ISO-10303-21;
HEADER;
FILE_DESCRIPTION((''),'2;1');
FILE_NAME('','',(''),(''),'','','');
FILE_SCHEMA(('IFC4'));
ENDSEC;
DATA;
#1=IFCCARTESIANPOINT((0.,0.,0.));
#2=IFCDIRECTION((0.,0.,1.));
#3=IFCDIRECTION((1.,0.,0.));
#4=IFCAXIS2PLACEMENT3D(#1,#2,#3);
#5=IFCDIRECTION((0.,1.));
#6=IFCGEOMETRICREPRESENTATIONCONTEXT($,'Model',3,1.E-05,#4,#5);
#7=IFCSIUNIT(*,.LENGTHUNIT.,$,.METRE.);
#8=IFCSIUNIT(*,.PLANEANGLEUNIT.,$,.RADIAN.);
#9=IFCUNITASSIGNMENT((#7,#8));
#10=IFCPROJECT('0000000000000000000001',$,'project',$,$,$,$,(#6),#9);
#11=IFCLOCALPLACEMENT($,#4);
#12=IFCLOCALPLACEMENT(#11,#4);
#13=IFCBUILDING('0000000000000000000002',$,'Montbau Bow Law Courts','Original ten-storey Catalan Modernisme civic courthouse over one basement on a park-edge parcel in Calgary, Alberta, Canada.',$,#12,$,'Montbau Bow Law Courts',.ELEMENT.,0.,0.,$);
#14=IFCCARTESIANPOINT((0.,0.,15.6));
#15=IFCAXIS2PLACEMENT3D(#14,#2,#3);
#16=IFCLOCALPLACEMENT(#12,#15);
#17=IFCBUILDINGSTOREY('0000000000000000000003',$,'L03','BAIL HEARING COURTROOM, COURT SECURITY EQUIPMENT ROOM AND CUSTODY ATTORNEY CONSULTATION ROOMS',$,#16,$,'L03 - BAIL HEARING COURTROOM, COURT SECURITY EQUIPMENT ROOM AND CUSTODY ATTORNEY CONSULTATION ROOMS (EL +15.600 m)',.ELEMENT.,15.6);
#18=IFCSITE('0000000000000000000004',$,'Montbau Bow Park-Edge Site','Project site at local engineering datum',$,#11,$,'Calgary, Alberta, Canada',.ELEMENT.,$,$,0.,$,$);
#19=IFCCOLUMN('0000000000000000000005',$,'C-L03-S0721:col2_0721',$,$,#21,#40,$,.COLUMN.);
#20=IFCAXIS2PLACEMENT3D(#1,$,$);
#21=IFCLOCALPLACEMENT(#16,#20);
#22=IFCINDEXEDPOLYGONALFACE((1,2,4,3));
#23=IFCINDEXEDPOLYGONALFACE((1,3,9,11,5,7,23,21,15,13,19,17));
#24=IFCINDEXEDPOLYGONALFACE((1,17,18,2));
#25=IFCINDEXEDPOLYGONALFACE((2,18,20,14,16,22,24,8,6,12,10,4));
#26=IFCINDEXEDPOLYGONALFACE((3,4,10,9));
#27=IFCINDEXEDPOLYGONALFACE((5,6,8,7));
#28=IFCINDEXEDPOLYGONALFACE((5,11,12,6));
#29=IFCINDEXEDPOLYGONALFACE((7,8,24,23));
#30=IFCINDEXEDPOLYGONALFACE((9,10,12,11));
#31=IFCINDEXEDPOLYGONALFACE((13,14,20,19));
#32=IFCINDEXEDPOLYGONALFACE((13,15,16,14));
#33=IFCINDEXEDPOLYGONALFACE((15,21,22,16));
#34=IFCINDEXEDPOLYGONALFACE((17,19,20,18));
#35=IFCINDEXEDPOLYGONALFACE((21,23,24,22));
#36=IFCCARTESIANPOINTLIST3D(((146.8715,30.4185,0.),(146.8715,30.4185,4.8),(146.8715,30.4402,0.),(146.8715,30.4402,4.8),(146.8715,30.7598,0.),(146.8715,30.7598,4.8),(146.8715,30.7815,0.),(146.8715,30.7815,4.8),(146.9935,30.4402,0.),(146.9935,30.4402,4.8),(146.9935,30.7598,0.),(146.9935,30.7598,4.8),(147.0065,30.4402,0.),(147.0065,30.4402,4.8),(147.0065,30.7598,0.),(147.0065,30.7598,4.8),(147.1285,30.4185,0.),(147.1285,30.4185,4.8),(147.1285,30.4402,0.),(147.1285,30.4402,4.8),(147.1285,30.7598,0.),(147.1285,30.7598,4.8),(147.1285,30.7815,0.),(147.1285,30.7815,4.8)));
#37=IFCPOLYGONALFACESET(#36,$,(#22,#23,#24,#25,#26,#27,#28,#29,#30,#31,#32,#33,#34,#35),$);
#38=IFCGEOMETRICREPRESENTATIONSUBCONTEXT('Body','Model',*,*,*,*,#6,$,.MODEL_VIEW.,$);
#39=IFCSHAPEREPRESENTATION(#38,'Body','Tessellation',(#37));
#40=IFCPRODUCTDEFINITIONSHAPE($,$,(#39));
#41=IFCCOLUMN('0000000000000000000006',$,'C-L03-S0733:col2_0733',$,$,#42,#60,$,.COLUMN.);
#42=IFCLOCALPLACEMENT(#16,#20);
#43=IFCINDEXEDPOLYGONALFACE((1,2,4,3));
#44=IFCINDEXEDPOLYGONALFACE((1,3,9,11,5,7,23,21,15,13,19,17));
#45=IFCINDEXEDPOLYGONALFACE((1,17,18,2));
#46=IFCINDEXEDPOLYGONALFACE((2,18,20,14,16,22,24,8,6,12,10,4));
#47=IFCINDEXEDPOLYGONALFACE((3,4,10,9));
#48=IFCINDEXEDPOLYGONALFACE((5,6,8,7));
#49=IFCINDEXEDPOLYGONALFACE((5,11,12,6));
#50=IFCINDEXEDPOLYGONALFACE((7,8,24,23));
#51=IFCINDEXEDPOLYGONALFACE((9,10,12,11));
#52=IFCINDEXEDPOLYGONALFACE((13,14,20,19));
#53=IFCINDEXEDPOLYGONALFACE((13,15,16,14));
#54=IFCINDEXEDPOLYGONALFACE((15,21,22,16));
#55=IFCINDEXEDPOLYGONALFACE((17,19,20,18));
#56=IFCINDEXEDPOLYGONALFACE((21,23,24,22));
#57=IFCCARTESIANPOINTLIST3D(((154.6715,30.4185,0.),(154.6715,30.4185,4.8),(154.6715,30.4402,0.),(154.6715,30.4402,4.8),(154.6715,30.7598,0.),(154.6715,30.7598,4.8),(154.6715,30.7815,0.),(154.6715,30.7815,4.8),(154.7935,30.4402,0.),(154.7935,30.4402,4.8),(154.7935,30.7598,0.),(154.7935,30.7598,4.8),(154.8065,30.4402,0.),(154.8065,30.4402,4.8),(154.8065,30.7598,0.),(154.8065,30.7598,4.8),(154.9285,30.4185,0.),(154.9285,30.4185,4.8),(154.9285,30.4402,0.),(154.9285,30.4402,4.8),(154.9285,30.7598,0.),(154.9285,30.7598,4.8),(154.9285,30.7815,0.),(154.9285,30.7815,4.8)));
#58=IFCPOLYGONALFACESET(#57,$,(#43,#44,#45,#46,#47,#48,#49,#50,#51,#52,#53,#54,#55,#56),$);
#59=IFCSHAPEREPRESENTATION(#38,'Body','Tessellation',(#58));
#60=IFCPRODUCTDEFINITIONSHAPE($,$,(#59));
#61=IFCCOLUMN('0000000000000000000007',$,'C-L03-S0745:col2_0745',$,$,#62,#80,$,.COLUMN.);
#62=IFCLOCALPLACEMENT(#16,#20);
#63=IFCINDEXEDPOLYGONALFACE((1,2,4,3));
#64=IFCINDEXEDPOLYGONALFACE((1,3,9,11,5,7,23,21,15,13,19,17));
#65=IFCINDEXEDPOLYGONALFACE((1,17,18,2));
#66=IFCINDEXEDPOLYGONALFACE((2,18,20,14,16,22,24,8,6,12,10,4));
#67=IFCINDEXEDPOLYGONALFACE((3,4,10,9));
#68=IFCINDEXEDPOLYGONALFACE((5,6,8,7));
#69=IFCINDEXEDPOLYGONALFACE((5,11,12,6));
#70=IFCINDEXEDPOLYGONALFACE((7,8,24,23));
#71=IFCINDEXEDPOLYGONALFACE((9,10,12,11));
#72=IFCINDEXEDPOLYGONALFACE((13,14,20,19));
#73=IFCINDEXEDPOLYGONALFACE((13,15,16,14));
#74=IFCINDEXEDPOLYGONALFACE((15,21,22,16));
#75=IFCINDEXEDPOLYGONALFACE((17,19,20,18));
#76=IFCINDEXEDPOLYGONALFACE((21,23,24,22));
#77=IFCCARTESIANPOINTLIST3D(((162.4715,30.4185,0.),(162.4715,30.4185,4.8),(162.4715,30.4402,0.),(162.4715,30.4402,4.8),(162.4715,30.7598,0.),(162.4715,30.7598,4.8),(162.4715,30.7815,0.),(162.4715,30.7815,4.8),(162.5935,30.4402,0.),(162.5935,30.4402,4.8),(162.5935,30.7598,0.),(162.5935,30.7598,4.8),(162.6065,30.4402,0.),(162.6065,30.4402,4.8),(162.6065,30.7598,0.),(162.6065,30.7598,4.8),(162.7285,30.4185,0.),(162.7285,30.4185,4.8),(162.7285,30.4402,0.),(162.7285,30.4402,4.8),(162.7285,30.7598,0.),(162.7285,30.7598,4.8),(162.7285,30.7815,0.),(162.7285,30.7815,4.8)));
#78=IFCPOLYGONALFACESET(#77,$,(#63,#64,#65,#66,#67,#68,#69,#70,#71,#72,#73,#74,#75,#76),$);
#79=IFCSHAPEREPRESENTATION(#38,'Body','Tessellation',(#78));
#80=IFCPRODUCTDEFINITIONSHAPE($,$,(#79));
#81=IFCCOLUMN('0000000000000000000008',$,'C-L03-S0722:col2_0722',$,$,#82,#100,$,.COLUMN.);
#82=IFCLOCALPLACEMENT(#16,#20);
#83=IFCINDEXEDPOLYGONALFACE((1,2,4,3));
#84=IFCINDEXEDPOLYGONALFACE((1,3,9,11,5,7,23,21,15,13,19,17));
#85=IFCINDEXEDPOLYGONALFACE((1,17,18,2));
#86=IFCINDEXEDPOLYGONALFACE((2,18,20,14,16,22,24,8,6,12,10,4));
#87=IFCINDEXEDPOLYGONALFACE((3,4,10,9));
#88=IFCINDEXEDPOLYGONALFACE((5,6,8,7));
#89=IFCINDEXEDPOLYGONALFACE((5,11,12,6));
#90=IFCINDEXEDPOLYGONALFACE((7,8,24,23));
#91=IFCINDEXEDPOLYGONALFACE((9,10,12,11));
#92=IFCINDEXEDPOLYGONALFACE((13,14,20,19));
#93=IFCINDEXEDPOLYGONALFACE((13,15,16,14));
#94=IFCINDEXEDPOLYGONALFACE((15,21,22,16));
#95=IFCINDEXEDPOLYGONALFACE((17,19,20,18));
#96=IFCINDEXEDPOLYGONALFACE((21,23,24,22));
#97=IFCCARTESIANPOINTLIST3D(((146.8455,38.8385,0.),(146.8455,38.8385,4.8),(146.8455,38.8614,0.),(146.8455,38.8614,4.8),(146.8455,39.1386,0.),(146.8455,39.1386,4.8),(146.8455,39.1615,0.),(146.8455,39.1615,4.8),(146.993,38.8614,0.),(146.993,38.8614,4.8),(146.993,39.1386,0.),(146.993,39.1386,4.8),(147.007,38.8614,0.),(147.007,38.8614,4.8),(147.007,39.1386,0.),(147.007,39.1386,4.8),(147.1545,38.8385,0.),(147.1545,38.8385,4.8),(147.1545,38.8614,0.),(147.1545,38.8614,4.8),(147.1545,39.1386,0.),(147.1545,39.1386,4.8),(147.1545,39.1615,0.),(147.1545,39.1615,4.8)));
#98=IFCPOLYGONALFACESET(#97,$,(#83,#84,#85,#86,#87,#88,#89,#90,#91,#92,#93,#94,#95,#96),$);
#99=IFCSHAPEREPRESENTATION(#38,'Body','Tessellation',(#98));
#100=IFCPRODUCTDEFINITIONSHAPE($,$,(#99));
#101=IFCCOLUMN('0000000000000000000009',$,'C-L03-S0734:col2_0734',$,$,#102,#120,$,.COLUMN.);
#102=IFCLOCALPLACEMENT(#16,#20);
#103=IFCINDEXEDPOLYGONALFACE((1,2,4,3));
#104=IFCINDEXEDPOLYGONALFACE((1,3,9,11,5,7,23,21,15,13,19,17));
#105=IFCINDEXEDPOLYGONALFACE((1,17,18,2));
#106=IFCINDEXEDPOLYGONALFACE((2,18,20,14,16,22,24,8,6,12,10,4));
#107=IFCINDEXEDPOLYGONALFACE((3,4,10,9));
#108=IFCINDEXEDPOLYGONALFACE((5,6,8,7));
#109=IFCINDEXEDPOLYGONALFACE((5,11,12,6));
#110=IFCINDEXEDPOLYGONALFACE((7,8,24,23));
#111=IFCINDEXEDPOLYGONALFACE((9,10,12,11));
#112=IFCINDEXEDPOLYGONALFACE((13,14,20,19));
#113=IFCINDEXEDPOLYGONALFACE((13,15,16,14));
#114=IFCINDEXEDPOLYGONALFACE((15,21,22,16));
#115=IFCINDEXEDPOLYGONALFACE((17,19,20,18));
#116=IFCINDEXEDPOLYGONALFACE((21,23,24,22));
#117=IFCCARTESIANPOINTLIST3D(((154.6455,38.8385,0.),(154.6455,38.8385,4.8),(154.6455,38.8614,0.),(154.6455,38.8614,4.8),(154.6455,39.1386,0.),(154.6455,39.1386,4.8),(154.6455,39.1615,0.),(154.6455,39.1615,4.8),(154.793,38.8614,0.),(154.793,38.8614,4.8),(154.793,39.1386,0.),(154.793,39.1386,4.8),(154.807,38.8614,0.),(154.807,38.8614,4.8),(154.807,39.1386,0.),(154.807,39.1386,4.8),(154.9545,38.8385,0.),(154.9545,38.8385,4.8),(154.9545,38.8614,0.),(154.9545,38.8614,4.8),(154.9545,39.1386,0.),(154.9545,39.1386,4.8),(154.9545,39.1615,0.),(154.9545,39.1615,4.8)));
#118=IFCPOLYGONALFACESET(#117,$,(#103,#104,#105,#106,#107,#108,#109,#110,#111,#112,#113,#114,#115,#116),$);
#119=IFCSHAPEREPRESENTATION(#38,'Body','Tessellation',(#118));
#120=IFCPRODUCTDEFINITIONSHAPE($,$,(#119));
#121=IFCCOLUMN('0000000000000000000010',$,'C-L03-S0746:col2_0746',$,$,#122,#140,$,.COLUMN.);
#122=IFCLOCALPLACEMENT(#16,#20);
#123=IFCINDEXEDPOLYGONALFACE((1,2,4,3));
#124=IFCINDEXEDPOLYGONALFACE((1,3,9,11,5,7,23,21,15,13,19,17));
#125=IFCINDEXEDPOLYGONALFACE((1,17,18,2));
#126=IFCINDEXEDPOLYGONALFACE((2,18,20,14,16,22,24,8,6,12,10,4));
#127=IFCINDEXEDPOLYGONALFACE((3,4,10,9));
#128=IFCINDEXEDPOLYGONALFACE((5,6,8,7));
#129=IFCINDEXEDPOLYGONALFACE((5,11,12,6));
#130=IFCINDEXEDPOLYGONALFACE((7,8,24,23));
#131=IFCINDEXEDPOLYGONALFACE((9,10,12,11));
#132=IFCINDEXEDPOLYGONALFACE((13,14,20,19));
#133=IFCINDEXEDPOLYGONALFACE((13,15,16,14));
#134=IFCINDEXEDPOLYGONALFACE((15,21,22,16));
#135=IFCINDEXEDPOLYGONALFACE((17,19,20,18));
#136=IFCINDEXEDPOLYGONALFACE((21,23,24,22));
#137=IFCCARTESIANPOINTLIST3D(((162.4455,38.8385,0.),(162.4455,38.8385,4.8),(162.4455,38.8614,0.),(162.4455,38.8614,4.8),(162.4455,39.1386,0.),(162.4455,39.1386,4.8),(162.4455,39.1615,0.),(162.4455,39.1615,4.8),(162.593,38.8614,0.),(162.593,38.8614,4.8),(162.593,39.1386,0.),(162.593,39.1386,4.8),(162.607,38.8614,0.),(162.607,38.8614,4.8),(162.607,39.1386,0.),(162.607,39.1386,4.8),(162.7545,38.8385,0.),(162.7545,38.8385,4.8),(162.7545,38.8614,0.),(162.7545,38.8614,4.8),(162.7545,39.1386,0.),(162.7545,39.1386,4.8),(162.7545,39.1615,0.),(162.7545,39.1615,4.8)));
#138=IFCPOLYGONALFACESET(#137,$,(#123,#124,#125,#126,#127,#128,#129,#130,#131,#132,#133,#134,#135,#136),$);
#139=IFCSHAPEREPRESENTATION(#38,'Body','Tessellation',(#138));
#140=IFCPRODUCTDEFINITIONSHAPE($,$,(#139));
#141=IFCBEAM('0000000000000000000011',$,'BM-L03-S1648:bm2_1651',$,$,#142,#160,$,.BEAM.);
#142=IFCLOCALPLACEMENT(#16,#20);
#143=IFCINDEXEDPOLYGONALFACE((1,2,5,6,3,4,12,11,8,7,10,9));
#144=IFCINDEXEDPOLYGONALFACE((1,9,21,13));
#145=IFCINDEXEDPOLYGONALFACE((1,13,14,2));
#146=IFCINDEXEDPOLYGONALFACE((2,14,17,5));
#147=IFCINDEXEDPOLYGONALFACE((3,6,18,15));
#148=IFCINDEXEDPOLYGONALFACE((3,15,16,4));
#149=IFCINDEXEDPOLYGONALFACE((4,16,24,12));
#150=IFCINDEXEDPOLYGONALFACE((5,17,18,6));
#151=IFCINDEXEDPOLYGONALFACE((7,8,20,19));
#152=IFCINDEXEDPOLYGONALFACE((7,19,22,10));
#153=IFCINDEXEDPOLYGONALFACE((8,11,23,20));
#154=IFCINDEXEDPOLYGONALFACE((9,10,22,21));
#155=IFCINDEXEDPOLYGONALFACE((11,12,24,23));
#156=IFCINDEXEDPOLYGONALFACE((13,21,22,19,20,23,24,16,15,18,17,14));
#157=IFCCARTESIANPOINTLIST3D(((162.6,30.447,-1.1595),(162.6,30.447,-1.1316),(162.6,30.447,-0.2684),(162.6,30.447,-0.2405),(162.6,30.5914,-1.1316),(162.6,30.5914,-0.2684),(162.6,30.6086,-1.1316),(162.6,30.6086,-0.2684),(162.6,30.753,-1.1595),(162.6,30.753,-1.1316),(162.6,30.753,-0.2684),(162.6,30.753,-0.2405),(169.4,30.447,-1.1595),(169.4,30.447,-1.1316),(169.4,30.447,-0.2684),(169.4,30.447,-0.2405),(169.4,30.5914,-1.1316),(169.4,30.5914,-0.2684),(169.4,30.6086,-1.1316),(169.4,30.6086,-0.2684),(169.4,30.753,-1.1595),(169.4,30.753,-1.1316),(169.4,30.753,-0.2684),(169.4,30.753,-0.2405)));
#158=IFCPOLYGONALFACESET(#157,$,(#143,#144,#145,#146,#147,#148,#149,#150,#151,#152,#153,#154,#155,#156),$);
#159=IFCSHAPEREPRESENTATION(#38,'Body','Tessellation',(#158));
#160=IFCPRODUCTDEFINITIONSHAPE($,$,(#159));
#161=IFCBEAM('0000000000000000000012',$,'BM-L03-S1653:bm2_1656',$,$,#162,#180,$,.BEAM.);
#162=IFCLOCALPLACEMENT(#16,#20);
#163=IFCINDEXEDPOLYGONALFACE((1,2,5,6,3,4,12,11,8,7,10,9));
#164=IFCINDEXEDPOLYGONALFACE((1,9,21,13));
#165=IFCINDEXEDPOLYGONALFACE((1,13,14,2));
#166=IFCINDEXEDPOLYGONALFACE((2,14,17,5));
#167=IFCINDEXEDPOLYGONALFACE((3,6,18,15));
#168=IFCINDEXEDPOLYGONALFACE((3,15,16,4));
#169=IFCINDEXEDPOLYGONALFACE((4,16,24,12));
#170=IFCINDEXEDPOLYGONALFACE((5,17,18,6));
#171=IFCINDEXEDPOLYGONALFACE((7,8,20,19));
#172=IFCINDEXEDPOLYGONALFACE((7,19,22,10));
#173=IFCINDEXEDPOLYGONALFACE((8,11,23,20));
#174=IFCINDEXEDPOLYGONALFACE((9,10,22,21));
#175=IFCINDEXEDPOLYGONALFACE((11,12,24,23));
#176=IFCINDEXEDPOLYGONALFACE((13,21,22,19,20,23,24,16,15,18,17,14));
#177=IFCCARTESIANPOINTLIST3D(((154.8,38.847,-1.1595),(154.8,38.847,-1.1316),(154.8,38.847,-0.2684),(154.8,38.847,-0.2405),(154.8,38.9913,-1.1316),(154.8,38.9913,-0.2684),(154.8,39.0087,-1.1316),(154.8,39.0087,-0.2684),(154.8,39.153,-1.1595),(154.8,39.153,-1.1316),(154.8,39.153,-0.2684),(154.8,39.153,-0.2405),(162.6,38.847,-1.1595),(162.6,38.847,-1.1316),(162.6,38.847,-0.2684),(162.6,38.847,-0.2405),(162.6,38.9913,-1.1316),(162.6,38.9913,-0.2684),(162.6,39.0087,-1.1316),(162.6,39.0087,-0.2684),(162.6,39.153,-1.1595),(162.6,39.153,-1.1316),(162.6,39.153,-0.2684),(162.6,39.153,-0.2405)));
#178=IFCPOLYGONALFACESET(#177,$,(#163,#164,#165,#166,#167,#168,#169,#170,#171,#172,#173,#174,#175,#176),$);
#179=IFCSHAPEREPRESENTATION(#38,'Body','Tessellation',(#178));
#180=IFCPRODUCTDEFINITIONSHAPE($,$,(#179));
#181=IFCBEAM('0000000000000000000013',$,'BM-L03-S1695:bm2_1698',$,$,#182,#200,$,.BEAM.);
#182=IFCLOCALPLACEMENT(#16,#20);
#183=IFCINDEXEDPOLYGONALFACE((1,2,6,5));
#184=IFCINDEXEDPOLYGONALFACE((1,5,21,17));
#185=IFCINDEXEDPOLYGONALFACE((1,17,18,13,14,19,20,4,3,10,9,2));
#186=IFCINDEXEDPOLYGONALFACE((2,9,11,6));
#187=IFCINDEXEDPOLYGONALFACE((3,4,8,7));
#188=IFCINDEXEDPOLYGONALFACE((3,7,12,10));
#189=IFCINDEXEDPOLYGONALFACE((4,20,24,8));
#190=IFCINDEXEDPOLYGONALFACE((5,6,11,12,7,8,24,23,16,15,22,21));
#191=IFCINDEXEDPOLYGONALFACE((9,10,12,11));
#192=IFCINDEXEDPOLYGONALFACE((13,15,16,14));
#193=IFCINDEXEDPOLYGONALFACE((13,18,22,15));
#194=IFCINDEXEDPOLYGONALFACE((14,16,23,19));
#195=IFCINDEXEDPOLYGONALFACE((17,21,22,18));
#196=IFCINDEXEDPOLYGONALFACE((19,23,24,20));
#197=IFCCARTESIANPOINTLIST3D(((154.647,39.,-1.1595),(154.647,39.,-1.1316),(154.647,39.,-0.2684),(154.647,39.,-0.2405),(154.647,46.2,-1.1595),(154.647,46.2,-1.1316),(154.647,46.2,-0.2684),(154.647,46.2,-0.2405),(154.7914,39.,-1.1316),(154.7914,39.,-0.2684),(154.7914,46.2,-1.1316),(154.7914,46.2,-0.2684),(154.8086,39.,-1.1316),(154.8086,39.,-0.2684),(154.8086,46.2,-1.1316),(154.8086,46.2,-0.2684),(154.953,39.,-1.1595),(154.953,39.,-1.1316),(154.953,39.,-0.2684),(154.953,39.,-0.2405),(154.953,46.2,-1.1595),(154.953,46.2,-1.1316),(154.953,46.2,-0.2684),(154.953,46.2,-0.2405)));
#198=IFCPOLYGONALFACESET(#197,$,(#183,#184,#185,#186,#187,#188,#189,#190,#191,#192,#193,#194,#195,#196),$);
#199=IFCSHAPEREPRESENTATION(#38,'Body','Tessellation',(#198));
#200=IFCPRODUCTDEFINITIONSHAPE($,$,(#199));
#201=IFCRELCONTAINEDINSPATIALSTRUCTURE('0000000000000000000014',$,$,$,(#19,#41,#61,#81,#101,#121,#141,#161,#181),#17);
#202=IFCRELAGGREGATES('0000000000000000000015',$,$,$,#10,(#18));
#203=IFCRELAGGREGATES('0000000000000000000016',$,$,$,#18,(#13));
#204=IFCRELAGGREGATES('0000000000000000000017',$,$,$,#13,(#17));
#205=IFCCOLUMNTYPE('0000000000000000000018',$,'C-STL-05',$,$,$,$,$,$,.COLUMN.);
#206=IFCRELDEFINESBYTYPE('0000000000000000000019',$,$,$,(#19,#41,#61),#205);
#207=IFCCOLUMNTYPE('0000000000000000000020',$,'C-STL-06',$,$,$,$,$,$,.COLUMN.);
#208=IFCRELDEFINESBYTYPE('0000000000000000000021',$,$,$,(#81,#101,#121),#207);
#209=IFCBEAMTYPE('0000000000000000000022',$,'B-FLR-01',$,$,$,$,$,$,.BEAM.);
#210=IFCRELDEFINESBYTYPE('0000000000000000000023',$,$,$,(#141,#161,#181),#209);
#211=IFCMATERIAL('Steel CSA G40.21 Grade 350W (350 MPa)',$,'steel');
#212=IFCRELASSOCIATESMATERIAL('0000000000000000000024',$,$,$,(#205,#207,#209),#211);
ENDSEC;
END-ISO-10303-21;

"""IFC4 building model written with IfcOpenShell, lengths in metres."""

from ifc_helpers import new_model, si_unit, direction, frame, origin_with_axes, origin_2d_with_axis, place, context, subcontext, project, spatial, i_section, extrude, material, material_profile, profile_set, type_object, element, save


model = new_model("IFC4")

# Units and contexts
model_context = context("Model", 3, precision=1e-05, world=origin_with_axes(), true_north=direction((0.0, 1.0)))
body_context = subcontext(model_context, "Body", "Model", "MODEL_VIEW")
ifc_project = project(units=[si_unit("LENGTHUNIT", "METRE"), si_unit("PLANEANGLEUNIT", "RADIAN")], contexts=[model_context])

# Site, building, storey
site_placement = place(None, origin_with_axes())
site = spatial("IfcSite", under=ifc_project, at=site_placement, Name="Montbau Bow Park-Edge Site", Description="Project site at local engineering datum", LongName="Calgary, Alberta, Canada", CompositionType="ELEMENT", RefElevation=0.0)
building_placement = place(site_placement, origin_with_axes())
building = spatial("IfcBuilding", under=site, at=building_placement, Name="Montbau Bow Law Courts", Description="Original ten-storey Catalan Modernisme civic courthouse over one basement on a park-edge parcel in Calgary, Alberta, Canada.", LongName="Montbau Bow Law Courts", CompositionType="ELEMENT", ElevationOfRefHeight=0.0, ElevationOfTerrain=0.0)
storey_placement = place(building_placement, frame((0.0, 0.0, 15.6), z_axis=(0.0, 0.0, 1.0), x_axis=(1.0, 0.0, 0.0)))
storey = spatial("IfcBuildingStorey", under=building, at=storey_placement, Name="L03", Description="BAIL HEARING COURTROOM, COURT SECURITY EQUIPMENT ROOM AND CUSTODY ATTORNEY CONSULTATION ROOMS", LongName="L03 - BAIL HEARING COURTROOM, COURT SECURITY EQUIPMENT ROOM AND CUSTODY ATTORNEY CONSULTATION ROOMS (EL +15.600 m)", CompositionType="ELEMENT", Elevation=15.6)

# Columns
ifc_material_1 = material(Name="Steel CSA G40.21 Grade 350W (350 MPa)", Category="steel")
ifc_material_profile_1 = material_profile(ifc_material_1, i_section(OverallWidth=0.257, OverallDepth=0.363, WebThickness=0.013, FlangeThickness=0.0217, at=origin_2d_with_axis()), Name="W360X122", Category="Main", Priority=0)
ifc_profile_set_1 = profile_set([ifc_material_profile_1], Name="Steel CSA G40.21 Grade 350W (350 MPa)")
column_type_1 = type_object("IfcColumnType", Name="C-STL-05", PredefinedType="COLUMN", material=ifc_profile_set_1)
for number, where, z_axis, x_axis, name in (
    (1, (147.0, 30.6, 15.6), (0.0, 0.0, 1.0), (1.0, 0.0, 0.0), "C-L03-S0721:col2_0721"),
    (2, (154.8, 30.6, 15.6), (0.0, 0.0, 1.0), (1.0, 0.0, 0.0), "C-L03-S0733:col2_0733"),
    (3, (162.6, 30.6, 15.6), (0.0, 0.0, 1.0), (1.0, 0.0, 0.0), "C-L03-S0745:col2_0745"),
):
    element("IfcColumn", number, at=place(None, frame(where, z_axis=z_axis, x_axis=x_axis)), inside=storey, type_object=column_type_1, Name=name, PredefinedType="COLUMN", context=body_context, shape_type="SweptSolid", body=[
        extrude(i_section(OverallWidth=0.257, OverallDepth=0.363, WebThickness=0.013, FlangeThickness=0.0217, at=origin_2d_with_axis()), origin_with_axes(), (0.0, 0.0, 1.0), 4.8),
    ])
ifc_material_profile_2 = material_profile(ifc_material_1, i_section(OverallWidth=0.309, OverallDepth=0.323, WebThickness=0.014, FlangeThickness=0.0229, at=origin_2d_with_axis()), Name="W310X143", Category="Main", Priority=0)
ifc_profile_set_2 = profile_set([ifc_material_profile_2], Name="Steel CSA G40.21 Grade 350W (350 MPa)")
column_type_2 = type_object("IfcColumnType", Name="C-STL-06", PredefinedType="COLUMN", material=ifc_profile_set_2)
for number, where, z_axis, x_axis, name in (
    (4, (147.0, 39.0, 15.6), (0.0, 0.0, 1.0), (1.0, 0.0, 0.0), "C-L03-S0722:col2_0722"),
    (5, (154.8, 39.0, 15.6), (0.0, 0.0, 1.0), (1.0, 0.0, 0.0), "C-L03-S0734:col2_0734"),
    (6, (162.6, 39.0, 15.6), (0.0, 0.0, 1.0), (1.0, 0.0, 0.0), "C-L03-S0746:col2_0746"),
):
    element("IfcColumn", number, at=place(None, frame(where, z_axis=z_axis, x_axis=x_axis)), inside=storey, type_object=column_type_2, Name=name, PredefinedType="COLUMN", context=body_context, shape_type="SweptSolid", body=[
        extrude(i_section(OverallWidth=0.309, OverallDepth=0.323, WebThickness=0.014, FlangeThickness=0.0229, at=origin_2d_with_axis()), origin_with_axes(), (0.0, 0.0, 1.0), 4.8),
    ])

# Beams
ifc_material_profile_3 = material_profile(ifc_material_1, i_section(OverallWidth=0.306, OverallDepth=0.919, WebThickness=0.0173, FlangeThickness=0.0279, at=origin_2d_with_axis()), Name="W920X253", Category="Main", Priority=0)
ifc_profile_set_3 = profile_set([ifc_material_profile_3], Name="Steel CSA G40.21 Grade 350W (350 MPa)")
beam_type_1 = type_object("IfcBeamType", Name="B-FLR-01", PredefinedType="BEAM", material=ifc_profile_set_3)
beam_1_placement = place(None, frame((162.6, 30.6, 14.9), z_axis=(1.0, 0.0, 0.0), x_axis=(0.0, 1.0, 0.0)))
element("IfcBeam", 7, at=beam_1_placement, inside=storey, type_object=beam_type_1, Name="BM-L03-S1648:bm2_1651", PredefinedType="BEAM", context=body_context, shape_type="SweptSolid", body=[
    extrude(i_section(OverallWidth=0.306, OverallDepth=0.919, WebThickness=0.0173, FlangeThickness=0.0279, at=origin_2d_with_axis()), origin_with_axes(), (0.0, 0.0, 1.0), 6.8),
])
beam_2_placement = place(None, frame((154.8, 39.0, 14.9), z_axis=(1.0, 0.0, 0.0), x_axis=(0.0, 1.0, 0.0)))
element("IfcBeam", 8, at=beam_2_placement, inside=storey, type_object=beam_type_1, Name="BM-L03-S1653:bm2_1656", PredefinedType="BEAM", context=body_context, shape_type="SweptSolid", body=[
    extrude(i_section(OverallWidth=0.306, OverallDepth=0.919, WebThickness=0.0173, FlangeThickness=0.0279, at=origin_2d_with_axis()), origin_with_axes(), (0.0, 0.0, 1.0), 7.8),
])
beam_3_placement = place(None, frame((154.8, 39.0, 14.9), z_axis=(0.0, 1.0, 0.0), x_axis=(-1.0, 0.0, 0.0)))
element("IfcBeam", 9, at=beam_3_placement, inside=storey, type_object=beam_type_1, Name="BM-L03-S1695:bm2_1698", PredefinedType="BEAM", context=body_context, shape_type="SweptSolid", body=[
    extrude(i_section(OverallWidth=0.306, OverallDepth=0.919, WebThickness=0.0173, FlangeThickness=0.0279, at=origin_2d_with_axis()), origin_with_axes(), (0.0, 0.0, 1.0), 7.2),
])

save(model, "model.ifc")
